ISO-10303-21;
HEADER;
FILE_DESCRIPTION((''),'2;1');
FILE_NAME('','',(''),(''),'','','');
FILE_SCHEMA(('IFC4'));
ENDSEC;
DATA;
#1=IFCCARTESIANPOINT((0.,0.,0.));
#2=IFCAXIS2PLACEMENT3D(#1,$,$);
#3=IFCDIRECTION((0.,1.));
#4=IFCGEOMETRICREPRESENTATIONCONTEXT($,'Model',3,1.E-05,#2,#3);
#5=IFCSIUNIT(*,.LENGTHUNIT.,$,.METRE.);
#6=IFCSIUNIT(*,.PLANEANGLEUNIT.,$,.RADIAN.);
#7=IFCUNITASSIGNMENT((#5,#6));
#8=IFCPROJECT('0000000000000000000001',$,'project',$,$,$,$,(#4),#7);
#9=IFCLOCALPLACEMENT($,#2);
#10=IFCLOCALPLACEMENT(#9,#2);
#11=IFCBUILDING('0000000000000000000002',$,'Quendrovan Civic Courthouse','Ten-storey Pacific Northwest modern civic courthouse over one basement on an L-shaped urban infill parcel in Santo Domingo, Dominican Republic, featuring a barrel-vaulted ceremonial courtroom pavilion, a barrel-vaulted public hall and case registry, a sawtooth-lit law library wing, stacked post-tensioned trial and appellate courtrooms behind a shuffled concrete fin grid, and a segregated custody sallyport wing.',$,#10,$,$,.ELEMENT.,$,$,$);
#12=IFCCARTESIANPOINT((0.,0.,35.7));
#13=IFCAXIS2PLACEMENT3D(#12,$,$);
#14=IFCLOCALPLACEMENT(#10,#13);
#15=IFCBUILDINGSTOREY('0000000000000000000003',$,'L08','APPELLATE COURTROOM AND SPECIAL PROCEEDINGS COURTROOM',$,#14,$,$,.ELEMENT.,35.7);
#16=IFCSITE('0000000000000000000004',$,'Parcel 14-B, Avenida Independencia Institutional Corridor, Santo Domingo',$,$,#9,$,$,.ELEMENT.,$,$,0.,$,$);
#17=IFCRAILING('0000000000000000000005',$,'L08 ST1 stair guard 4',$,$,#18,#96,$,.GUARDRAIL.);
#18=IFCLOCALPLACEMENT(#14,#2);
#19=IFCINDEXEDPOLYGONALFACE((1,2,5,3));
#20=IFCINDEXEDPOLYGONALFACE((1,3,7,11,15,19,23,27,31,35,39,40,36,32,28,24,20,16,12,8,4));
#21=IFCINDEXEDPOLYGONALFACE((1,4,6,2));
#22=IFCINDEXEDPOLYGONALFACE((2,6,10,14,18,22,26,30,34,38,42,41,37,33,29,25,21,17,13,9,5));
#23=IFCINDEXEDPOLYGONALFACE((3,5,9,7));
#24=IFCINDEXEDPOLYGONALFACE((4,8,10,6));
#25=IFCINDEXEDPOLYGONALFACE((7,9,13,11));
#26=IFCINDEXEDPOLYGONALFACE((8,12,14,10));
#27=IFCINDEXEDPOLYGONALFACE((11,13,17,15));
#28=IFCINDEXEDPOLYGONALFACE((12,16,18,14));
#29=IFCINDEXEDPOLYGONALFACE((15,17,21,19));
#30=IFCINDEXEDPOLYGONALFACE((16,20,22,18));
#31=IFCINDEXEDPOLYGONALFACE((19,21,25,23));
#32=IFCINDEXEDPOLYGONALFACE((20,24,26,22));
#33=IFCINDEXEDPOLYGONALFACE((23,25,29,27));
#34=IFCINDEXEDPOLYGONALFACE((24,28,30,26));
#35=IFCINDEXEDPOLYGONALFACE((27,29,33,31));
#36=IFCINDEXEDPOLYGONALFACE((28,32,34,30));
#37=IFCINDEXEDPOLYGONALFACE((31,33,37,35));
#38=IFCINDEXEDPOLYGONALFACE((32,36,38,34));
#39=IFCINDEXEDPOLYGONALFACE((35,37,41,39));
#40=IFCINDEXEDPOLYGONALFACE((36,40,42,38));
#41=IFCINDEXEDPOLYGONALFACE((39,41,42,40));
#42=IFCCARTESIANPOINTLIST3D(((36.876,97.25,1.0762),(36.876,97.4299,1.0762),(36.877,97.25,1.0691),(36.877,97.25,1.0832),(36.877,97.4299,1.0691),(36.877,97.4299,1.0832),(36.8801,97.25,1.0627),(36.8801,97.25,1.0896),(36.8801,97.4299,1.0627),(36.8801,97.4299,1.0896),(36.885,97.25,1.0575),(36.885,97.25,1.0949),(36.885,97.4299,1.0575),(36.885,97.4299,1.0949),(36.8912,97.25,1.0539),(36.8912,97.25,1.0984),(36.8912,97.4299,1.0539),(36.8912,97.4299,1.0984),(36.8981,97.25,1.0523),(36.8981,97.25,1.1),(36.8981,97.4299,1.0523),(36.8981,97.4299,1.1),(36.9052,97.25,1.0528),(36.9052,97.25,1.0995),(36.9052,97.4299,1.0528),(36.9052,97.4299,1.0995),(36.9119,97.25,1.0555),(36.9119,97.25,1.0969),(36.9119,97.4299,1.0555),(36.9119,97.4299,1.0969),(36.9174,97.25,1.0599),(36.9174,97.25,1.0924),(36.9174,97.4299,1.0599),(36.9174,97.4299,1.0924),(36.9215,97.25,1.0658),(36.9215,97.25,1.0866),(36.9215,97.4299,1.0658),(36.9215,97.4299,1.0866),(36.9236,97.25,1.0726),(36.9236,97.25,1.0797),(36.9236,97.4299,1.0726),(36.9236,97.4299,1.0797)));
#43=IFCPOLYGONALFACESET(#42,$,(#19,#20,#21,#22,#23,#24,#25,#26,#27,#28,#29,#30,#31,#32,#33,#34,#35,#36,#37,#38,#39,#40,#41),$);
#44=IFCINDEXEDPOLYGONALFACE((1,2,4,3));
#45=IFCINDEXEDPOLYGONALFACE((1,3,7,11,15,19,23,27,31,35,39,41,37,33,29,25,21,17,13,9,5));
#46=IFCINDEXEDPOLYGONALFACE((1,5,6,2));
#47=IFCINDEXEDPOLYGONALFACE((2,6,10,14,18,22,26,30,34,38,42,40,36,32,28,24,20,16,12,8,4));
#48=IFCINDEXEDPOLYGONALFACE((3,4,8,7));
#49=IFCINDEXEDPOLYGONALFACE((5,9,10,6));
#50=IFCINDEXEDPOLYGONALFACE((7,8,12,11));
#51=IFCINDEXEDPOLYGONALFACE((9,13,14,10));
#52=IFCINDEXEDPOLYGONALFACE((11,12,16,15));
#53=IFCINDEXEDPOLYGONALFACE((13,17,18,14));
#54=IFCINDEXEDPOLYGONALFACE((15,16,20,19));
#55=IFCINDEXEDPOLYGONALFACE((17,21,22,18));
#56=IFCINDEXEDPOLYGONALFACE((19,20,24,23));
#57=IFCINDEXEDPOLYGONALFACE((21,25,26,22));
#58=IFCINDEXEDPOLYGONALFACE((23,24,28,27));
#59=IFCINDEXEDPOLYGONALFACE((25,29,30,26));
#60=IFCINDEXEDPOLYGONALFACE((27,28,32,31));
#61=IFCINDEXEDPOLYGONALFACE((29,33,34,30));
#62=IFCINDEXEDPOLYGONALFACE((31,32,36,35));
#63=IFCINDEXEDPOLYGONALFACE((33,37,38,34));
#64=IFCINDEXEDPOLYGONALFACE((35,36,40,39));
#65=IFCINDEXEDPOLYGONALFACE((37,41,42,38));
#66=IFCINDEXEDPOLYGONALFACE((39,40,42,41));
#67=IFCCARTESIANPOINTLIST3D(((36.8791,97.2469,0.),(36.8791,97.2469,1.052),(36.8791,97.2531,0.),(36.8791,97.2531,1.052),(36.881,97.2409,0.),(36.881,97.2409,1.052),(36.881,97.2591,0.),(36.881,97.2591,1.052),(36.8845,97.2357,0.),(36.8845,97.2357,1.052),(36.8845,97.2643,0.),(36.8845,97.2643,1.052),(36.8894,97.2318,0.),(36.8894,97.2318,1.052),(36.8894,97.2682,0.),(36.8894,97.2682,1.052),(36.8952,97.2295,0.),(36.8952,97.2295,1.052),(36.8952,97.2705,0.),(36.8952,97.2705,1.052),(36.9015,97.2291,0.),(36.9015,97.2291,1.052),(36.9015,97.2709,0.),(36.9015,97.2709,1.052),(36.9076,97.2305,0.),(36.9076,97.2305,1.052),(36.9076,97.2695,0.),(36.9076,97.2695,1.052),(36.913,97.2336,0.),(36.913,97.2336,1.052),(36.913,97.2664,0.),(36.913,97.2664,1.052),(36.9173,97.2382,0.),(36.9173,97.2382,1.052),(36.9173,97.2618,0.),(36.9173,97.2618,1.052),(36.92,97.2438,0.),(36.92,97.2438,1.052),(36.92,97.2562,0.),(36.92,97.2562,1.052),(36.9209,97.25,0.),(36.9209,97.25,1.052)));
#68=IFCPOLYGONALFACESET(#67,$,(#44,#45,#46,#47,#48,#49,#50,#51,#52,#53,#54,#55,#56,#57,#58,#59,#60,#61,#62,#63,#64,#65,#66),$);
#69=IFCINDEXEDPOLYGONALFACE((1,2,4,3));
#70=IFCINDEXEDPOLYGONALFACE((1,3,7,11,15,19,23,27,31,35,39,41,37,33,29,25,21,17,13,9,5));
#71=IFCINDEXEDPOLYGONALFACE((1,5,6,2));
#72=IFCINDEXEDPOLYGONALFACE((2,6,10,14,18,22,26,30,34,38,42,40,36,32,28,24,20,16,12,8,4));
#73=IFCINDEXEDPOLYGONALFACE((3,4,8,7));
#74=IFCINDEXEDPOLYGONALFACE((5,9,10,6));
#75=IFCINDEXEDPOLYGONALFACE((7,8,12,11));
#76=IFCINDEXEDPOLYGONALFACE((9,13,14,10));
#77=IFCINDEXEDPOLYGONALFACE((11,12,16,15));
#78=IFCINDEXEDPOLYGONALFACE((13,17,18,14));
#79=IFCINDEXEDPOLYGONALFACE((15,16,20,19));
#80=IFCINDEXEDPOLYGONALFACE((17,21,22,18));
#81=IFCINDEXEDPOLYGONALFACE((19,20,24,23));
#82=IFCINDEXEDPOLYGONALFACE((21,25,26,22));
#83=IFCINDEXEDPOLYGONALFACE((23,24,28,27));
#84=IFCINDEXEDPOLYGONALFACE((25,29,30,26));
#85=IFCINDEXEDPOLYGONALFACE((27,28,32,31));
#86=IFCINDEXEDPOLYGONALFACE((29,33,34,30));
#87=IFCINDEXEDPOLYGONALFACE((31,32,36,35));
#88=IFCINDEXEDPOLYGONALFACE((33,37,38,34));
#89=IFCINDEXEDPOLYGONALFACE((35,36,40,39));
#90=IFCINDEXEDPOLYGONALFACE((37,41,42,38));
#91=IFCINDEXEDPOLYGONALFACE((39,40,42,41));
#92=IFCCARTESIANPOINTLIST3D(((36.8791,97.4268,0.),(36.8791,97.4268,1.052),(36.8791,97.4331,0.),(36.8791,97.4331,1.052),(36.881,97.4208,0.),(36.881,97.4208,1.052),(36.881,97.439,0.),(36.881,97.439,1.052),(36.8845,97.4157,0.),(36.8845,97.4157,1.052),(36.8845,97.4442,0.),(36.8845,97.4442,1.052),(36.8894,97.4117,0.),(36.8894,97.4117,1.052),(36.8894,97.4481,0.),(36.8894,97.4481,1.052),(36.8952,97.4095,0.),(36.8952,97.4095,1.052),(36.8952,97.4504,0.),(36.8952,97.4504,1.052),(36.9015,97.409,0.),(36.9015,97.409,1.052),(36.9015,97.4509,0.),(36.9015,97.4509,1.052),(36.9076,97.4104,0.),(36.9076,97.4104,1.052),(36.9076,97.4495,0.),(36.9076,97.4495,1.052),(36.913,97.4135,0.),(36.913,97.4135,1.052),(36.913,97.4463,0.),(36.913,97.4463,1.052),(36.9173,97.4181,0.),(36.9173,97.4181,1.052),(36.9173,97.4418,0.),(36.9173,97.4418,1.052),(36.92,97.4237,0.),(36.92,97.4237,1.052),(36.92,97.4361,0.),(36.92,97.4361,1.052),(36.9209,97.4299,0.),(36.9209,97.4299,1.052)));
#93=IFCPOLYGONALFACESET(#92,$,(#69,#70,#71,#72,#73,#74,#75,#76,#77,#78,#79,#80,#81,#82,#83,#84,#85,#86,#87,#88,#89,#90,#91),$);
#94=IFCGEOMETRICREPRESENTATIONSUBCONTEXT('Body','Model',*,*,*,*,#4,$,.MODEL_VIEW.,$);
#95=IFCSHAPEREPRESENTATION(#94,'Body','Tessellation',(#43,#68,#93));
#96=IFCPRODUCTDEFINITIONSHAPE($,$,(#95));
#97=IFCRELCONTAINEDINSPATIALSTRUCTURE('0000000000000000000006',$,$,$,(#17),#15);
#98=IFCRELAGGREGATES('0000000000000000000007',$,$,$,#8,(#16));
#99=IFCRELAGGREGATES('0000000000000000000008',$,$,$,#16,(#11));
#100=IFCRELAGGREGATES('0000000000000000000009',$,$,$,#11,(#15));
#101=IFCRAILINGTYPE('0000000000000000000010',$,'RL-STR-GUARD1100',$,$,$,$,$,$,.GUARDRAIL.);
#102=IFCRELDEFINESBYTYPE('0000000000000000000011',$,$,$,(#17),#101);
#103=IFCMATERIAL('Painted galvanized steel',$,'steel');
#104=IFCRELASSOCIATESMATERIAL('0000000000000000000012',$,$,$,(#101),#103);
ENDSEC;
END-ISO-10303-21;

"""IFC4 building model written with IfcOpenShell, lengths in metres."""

from ifc_helpers import new_model, si_unit, direction, frame, origin, origin_2d, place, context, subcontext, project, spatial, circle, extrude, material, type_object, element, save


model = new_model("IFC4")

# Units and contexts
model_context = context("Model", 3, precision=1e-05, world=origin(), true_north=direction((0.0, 1.0)))
body_context = subcontext(model_context, "Body", "Model", "MODEL_VIEW")
ifc_project = project(units=[si_unit("LENGTHUNIT", "METRE"), si_unit("PLANEANGLEUNIT", "RADIAN")], contexts=[model_context])

# Site, building, storey
site_placement = place(None, origin())
site = spatial("IfcSite", under=ifc_project, at=site_placement, Name="Parcel 14-B, Avenida Independencia Institutional Corridor, Santo Domingo", CompositionType="ELEMENT", RefElevation=0.0)
building_placement = place(site_placement, origin())
building = spatial("IfcBuilding", under=site, at=building_placement, Name="Quendrovan Civic Courthouse", Description="Ten-storey Pacific Northwest modern civic courthouse over one basement on an L-shaped urban infill parcel in Santo Domingo, Dominican Republic, featuring a barrel-vaulted ceremonial courtroom pavilion, a barrel-vaulted public hall and case registry, a sawtooth-lit law library wing, stacked post-tensioned trial and appellate courtrooms behind a shuffled concrete fin grid, and a segregated custody sallyport wing.", CompositionType="ELEMENT")
storey_placement = place(building_placement, frame((0.0, 0.0, 35.7)))
storey = spatial("IfcBuildingStorey", under=building, at=storey_placement, Name="L08", Description="APPELLATE COURTROOM AND SPECIAL PROCEEDINGS COURTROOM", CompositionType="ELEMENT", Elevation=35.7)

# Railing
ifc_material_1 = material(Name="Painted galvanized steel", Category="steel")
railing_type_1 = type_object("IfcRailingType", Name="RL-STR-GUARD1100", PredefinedType="GUARDRAIL", material=ifc_material_1)
railing_1_placement = place(storey_placement, frame((36.8999, 97.25, 0.0)))
element("IfcRailing", 1, at=railing_1_placement, inside=storey, type_object=railing_type_1, Name="L08 ST1 stair guard 4", PredefinedType="GUARDRAIL", context=body_context, shape_type="SweptSolid", body=[
    extrude(circle(Radius=0.0239, at=origin_2d()), frame((0.0, 0.0, 1.0762), z_axis=(0.0, 1.0, 0.0), x_axis=(-1.0, 0.0, 0.0)), (0.0, 0.0, 1.0), 0.1799),
    extrude(circle(Radius=0.021, at=origin_2d()), origin(), (0.0, 0.0, 1.0), 1.052),
    extrude(circle(Radius=0.021, at=origin_2d()), frame((0.0, 0.1799, 0.0)), (0.0, 0.0, 1.0), 1.052),
])

save(model, "model.ifc")
